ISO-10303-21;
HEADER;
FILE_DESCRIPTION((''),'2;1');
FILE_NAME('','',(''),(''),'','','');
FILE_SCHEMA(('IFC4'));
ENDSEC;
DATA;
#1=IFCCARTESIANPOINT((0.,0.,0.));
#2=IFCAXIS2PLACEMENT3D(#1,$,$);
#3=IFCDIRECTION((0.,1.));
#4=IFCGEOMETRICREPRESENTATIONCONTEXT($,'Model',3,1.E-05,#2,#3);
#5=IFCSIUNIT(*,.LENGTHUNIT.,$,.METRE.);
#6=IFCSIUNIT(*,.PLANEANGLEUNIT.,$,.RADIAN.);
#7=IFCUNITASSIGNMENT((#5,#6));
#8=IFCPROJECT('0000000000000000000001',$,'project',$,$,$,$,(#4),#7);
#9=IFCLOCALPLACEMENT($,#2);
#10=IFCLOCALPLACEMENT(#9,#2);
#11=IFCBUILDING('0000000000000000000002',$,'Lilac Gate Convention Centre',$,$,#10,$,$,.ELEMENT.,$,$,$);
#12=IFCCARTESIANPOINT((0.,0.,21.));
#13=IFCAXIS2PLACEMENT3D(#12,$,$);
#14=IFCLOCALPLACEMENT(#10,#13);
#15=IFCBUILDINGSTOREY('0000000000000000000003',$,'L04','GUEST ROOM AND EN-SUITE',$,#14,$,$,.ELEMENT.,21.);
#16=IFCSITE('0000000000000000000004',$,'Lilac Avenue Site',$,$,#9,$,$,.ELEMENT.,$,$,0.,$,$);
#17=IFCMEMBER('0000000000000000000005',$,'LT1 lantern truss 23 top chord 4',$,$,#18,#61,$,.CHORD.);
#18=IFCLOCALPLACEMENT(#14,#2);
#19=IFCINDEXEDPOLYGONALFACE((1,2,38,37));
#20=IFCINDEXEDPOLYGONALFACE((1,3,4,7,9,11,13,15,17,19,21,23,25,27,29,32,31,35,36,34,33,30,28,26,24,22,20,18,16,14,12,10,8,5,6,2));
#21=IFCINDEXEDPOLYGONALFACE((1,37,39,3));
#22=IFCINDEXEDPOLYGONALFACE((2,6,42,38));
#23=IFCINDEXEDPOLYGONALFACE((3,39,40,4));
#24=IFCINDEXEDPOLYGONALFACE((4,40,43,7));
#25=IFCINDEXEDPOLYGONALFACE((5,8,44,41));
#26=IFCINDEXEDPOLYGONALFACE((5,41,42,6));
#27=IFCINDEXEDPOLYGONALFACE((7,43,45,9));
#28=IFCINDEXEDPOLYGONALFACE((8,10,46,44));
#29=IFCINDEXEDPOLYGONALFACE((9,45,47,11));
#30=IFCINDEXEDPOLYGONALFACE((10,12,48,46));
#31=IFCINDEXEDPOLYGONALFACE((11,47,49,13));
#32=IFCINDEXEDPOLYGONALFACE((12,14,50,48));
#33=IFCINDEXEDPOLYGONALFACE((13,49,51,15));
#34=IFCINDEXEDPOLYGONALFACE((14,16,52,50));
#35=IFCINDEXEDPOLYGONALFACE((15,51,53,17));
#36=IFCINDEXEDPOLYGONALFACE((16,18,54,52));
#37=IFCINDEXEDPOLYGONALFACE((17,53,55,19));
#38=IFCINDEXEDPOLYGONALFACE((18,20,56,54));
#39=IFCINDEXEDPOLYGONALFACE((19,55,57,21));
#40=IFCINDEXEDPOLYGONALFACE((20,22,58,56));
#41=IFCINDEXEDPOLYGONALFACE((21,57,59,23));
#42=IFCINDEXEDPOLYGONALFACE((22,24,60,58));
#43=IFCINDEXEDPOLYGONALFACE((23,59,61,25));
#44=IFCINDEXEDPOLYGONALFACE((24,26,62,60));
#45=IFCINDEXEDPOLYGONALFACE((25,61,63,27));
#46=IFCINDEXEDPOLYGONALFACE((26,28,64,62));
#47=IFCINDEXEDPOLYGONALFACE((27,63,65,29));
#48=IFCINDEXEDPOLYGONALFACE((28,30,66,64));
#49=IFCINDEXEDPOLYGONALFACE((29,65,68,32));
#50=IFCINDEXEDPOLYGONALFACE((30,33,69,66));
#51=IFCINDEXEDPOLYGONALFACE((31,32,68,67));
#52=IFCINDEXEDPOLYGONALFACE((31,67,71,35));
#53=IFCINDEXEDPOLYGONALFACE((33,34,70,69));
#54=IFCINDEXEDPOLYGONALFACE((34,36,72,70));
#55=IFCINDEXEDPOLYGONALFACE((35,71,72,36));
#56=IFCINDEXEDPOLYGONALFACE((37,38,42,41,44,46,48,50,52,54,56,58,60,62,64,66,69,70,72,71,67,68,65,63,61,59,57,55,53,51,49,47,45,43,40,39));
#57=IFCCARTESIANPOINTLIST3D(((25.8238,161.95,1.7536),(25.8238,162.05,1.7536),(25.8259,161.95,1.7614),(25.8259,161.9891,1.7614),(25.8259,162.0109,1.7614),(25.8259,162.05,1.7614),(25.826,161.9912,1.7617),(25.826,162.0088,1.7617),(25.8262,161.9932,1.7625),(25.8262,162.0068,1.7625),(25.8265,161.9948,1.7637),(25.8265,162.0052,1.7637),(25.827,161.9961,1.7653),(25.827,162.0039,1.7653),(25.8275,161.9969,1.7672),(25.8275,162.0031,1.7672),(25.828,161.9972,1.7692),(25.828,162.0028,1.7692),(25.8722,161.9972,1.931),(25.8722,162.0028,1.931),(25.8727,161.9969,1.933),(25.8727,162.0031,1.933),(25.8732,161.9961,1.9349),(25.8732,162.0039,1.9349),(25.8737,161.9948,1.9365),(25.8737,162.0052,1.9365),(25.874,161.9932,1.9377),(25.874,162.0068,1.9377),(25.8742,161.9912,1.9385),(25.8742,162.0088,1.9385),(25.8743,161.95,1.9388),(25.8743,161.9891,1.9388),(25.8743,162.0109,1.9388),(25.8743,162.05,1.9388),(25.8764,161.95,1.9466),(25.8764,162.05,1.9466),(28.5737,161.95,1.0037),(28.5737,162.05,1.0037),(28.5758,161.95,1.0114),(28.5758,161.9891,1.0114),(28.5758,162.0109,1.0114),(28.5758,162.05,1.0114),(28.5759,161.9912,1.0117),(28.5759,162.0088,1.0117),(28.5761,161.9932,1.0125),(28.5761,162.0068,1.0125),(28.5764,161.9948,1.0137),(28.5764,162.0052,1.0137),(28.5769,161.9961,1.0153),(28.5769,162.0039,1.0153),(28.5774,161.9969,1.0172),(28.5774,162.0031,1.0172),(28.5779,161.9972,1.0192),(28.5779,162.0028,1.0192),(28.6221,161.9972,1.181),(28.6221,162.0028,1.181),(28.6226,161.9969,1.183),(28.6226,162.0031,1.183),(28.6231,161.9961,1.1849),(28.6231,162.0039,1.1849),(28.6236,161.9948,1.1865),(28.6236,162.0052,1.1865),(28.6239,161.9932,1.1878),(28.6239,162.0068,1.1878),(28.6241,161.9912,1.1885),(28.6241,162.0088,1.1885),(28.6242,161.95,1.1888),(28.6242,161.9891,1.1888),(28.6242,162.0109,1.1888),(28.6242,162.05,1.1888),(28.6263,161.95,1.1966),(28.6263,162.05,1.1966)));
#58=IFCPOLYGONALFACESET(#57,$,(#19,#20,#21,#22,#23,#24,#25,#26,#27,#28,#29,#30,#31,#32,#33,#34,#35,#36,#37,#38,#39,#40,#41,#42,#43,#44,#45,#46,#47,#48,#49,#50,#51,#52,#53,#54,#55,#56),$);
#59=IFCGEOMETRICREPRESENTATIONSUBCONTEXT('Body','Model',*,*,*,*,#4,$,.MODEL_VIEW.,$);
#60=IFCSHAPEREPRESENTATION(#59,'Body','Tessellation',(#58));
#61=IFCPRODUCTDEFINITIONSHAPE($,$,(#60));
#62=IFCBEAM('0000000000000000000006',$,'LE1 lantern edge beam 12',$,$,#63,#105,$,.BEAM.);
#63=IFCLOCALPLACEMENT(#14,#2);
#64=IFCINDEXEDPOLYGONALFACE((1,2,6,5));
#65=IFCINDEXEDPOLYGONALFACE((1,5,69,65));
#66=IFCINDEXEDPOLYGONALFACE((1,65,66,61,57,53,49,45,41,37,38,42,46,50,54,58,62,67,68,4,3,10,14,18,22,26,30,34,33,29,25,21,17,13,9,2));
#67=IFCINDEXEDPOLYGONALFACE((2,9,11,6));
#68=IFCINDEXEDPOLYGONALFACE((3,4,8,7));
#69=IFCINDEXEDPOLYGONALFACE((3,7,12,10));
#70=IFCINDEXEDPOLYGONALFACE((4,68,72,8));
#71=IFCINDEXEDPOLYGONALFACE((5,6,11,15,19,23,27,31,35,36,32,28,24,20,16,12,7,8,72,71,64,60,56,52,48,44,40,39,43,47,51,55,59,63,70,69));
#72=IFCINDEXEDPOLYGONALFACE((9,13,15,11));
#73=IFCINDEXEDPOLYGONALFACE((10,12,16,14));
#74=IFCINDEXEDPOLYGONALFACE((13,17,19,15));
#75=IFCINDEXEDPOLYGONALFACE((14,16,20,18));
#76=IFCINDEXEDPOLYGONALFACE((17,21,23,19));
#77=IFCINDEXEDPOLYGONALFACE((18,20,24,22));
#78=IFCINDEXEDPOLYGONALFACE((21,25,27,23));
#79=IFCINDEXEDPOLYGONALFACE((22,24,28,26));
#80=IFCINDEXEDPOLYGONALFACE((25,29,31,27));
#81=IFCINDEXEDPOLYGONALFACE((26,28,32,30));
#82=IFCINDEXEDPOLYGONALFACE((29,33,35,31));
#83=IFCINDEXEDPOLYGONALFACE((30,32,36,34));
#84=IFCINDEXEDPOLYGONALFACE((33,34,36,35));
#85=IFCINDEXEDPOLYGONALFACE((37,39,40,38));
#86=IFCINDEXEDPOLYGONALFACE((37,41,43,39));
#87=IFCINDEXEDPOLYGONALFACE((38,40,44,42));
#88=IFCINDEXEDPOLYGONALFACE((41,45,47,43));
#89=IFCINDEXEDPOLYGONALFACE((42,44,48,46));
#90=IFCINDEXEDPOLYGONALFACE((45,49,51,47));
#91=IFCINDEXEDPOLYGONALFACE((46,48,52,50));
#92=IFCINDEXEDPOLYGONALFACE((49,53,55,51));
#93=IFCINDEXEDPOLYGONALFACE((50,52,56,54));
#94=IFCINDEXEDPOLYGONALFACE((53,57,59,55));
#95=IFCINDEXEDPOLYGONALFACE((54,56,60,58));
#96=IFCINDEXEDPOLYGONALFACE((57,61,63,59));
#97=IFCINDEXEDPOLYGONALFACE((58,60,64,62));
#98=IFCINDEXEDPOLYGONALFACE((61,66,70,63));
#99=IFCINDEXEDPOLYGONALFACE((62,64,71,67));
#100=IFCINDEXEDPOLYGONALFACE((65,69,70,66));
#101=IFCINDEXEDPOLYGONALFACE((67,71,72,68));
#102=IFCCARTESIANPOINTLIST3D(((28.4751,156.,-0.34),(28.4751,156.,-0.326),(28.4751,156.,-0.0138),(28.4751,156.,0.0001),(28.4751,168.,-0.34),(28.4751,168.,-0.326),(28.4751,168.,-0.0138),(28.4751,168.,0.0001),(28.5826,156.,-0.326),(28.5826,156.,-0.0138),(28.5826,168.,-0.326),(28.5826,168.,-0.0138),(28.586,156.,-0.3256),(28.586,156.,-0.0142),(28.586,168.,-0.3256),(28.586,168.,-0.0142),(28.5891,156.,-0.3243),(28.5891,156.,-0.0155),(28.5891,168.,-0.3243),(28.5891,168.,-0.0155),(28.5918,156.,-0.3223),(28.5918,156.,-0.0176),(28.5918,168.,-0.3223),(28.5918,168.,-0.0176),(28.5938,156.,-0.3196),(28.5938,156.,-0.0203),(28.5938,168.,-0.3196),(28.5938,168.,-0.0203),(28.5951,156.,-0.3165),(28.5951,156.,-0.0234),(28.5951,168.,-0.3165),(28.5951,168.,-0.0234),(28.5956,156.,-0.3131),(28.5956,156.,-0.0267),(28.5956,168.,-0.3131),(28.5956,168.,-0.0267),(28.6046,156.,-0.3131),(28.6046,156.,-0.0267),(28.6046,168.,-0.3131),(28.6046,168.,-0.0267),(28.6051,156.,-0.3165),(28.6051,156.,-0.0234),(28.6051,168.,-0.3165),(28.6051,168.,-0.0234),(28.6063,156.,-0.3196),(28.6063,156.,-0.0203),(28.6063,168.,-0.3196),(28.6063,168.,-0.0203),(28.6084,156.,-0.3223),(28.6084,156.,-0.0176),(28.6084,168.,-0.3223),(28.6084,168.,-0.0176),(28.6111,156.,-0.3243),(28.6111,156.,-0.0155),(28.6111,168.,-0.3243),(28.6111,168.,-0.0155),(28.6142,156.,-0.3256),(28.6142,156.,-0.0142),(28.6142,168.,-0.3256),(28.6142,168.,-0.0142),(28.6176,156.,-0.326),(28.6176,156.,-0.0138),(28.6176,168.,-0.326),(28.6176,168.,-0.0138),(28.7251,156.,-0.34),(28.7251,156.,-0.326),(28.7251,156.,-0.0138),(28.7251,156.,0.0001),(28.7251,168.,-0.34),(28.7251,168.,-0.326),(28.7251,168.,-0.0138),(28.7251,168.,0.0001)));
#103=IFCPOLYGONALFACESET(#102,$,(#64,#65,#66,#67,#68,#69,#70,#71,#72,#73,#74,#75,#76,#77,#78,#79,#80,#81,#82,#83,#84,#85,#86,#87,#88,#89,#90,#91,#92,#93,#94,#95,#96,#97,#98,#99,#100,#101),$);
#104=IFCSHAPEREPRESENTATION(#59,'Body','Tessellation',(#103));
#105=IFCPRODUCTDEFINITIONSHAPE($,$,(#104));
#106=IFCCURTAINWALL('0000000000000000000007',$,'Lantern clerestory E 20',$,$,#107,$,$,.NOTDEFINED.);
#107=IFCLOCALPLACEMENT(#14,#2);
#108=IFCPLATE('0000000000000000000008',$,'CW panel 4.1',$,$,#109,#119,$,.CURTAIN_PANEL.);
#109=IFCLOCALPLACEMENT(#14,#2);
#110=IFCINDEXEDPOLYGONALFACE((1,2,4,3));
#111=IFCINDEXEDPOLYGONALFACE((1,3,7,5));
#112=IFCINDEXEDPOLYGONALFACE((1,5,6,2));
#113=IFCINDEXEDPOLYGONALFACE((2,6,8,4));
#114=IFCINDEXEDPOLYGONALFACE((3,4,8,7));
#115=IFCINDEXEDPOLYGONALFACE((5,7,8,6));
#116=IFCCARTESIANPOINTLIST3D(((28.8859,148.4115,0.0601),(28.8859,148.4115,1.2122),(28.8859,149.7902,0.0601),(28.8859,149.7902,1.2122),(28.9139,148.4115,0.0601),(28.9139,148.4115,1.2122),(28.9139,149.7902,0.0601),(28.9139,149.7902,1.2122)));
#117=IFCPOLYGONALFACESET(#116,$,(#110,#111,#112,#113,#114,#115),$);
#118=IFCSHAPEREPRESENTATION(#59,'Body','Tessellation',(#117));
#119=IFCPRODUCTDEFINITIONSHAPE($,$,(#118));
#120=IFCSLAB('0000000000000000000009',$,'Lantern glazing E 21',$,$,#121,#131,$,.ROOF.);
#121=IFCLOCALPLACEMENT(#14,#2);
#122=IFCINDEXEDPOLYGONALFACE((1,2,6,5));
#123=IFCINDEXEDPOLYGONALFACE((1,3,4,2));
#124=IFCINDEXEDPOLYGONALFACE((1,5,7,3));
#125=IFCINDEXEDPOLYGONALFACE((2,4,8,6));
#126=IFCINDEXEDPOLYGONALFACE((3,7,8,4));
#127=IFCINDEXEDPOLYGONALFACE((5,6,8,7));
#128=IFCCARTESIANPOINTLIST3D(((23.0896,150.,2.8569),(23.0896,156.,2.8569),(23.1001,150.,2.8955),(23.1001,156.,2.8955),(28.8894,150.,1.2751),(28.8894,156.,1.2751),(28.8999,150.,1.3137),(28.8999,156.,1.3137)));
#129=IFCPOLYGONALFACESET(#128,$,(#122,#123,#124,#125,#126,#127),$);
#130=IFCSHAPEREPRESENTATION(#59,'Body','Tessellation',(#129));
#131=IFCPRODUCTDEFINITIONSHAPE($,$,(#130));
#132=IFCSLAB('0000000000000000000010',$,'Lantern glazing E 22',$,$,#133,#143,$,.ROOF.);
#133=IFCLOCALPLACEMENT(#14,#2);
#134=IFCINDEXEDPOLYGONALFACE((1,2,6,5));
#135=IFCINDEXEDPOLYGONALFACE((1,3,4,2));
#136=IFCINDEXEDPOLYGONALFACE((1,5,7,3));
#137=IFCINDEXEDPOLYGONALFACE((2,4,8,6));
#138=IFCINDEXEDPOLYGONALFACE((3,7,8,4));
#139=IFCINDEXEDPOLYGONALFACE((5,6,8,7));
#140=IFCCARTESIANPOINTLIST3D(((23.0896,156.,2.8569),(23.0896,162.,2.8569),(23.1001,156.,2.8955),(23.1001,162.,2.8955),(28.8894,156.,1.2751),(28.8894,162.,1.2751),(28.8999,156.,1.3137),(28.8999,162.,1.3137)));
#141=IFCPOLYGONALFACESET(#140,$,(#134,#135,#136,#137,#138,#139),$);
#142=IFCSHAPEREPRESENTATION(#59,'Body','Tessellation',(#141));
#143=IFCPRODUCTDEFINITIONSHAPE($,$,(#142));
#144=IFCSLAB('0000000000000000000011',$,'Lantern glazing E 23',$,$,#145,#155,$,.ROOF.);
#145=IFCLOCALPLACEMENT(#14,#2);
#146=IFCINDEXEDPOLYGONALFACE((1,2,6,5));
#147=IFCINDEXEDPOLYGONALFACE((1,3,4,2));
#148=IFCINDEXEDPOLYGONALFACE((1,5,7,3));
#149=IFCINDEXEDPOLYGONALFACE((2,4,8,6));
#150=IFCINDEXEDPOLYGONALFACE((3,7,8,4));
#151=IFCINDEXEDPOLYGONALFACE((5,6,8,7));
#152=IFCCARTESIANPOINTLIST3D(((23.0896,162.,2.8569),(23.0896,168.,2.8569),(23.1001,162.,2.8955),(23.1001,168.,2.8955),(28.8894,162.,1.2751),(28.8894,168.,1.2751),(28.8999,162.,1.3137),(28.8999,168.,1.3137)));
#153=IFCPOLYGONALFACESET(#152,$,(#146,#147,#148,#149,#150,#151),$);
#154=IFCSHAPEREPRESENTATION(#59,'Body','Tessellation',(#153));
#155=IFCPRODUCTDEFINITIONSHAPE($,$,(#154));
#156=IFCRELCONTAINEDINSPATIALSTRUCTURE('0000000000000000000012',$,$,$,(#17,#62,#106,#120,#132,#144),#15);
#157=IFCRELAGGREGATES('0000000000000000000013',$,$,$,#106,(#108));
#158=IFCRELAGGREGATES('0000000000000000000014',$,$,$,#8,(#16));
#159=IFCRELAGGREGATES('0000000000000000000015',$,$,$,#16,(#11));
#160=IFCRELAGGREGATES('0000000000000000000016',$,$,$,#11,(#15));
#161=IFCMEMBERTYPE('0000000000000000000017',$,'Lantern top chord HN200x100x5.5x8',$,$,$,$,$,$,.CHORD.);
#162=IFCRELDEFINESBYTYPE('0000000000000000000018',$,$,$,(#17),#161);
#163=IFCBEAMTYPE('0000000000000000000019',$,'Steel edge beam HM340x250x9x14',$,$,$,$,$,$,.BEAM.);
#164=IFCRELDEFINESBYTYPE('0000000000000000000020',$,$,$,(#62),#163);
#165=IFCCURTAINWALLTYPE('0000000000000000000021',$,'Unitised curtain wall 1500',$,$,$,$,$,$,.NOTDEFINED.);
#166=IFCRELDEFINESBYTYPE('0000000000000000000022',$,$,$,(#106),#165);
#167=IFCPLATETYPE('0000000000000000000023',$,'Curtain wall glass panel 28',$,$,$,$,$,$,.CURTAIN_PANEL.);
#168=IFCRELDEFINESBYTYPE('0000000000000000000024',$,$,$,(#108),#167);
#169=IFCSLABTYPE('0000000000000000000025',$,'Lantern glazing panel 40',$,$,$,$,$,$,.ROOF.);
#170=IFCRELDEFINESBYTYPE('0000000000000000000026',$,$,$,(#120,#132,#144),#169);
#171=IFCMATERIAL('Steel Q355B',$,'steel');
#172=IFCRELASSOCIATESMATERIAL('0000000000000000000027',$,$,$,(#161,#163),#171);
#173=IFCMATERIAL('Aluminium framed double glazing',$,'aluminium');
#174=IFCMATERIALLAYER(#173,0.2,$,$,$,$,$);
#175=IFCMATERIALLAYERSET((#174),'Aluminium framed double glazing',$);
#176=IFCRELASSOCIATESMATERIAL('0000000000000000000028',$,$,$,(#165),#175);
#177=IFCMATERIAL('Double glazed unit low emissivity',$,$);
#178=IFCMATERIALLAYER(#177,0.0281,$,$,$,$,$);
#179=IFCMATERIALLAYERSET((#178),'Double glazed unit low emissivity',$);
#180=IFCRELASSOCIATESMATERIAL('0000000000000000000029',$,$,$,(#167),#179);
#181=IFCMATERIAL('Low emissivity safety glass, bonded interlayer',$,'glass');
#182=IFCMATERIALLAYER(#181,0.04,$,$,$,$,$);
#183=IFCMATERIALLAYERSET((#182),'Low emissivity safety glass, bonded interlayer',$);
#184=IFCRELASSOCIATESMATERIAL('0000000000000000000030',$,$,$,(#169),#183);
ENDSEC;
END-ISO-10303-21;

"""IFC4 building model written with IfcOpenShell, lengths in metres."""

from ifc_helpers import new_model, si_unit, direction, frame, origin, origin_2d, place, context, subcontext, project, spatial, polyline, rectangle, i_section, outline, extrude, material, layer, layer_set, material_profile, profile_set, type_object, element, aggregate, save


model = new_model("IFC4")

# Units and contexts
model_context = context("Model", 3, precision=1e-05, world=origin(), true_north=direction((0.0, 1.0)))
body_context = subcontext(model_context, "Body", "Model", "MODEL_VIEW")
ifc_project = project(units=[si_unit("LENGTHUNIT", "METRE"), si_unit("PLANEANGLEUNIT", "RADIAN")], contexts=[model_context])

# Site, building, storey
site_placement = place(None, origin())
site = spatial("IfcSite", under=ifc_project, at=site_placement, Name="Lilac Avenue Site", CompositionType="ELEMENT", RefElevation=0.0)
building_placement = place(site_placement, origin())
building = spatial("IfcBuilding", under=site, at=building_placement, Name="Lilac Gate Convention Centre", CompositionType="ELEMENT")
storey_placement = place(building_placement, frame((0.0, 0.0, 21.0)))
storey = spatial("IfcBuildingStorey", under=building, at=storey_placement, Name="L04", Description="GUEST ROOM AND EN-SUITE", CompositionType="ELEMENT", Elevation=21.0)

# Member
ifc_material_1 = material(Name="Steel Q355B", Category="steel")
ifc_material_profile_1 = material_profile(ifc_material_1, i_section(OverallWidth=0.1001, OverallDepth=0.2, WebThickness=0.0056, FlangeThickness=0.0081, FilletRadius=0.0081, at=origin_2d()), Name="HN200x100x5.5x8")
ifc_profile_set_1 = profile_set([ifc_material_profile_1], Name="Steel Q355B")
member_type_1 = type_object("IfcMemberType", Name="Lantern top chord HN200x100x5.5x8", PredefinedType="CHORD", material=ifc_profile_set_1)
for number, where, z_axis, x_axis, name in (
    (1, (25.8501, 162.0, 1.8501), (0.964764, 0.0, -0.263117), (0.0, 1.0, 0.0), "LT1 lantern truss 23 top chord 4"),
):
    element("IfcMember", number, at=place(storey_placement, frame(where, z_axis=z_axis, x_axis=x_axis)), inside=storey, type_object=member_type_1, Name=name, PredefinedType="CHORD", context=body_context, shape_type="SweptSolid", body=[
        extrude(i_section(OverallWidth=0.1001, OverallDepth=0.2, WebThickness=0.0056, FlangeThickness=0.0081, FilletRadius=0.0081, at=origin_2d()), origin(), (0.0, 0.0, 1.0), 2.8503),
    ])

# Beam
ifc_material_profile_2 = material_profile(ifc_material_1, i_section(OverallWidth=0.25, OverallDepth=0.3401, WebThickness=0.009, FlangeThickness=0.0139, FilletRadius=0.0129, at=origin_2d()), Name="HM340x250x9x14")
ifc_profile_set_2 = profile_set([ifc_material_profile_2], Name="Steel Q355B")
beam_type = type_object("IfcBeamType", Name="Steel edge beam HM340x250x9x14", PredefinedType="BEAM", material=ifc_profile_set_2)
beam_placement = place(storey_placement, frame((28.6001, 156.0, -0.1699), z_axis=(0.0, 1.0, 0.0), x_axis=(-1.0, 0.0, 0.0)))
element("IfcBeam", 2, at=beam_placement, inside=storey, type_object=beam_type, Name="LE1 lantern edge beam 12", PredefinedType="BEAM", context=body_context, shape_type="SweptSolid", body=[
    extrude(i_section(OverallWidth=0.25, OverallDepth=0.3401, WebThickness=0.009, FlangeThickness=0.0139, FilletRadius=0.0129, at=origin_2d()), origin(), (0.0, 0.0, 1.0), 12.0),
])

# Curtain wall, plate
ifc_material_2 = material(Name="Aluminium framed double glazing", Category="aluminium")
ifc_layer_1 = layer(ifc_material_2, 0.2)
ifc_layer_set_1 = layer_set([ifc_layer_1], Name="Aluminium framed double glazing")
curtain_wall_type = type_object("IfcCurtainWallType", Name="Unitised curtain wall 1500", PredefinedType="NOTDEFINED", material=ifc_layer_set_1)
curtain_wall_placement = place(storey_placement, origin())
curtain_wall = element("IfcCurtainWall", 3, at=curtain_wall_placement, inside=storey, type_object=curtain_wall_type, Name="Lantern clerestory E 20", PredefinedType="NOTDEFINED")
ifc_material_3 = material(Name="Double glazed unit low emissivity")
ifc_layer_2 = layer(ifc_material_3, 0.0281)
ifc_layer_set_2 = layer_set([ifc_layer_2], Name="Double glazed unit low emissivity")
plate_type = type_object("IfcPlateType", Name="Curtain wall glass panel 28", PredefinedType="CURTAIN_PANEL", material=ifc_layer_set_2)
plate_placement = place(storey_placement, frame((28.8999, 149.1008, 0.0601), z_axis=(0.0, 0.0, 1.0), x_axis=(0.0, 1.0, 0.0)))
plate = element("IfcPlate", 4, at=plate_placement, type_object=plate_type, Name="CW panel 4.1", PredefinedType="CURTAIN_PANEL", context=body_context, shape_type="SweptSolid", body=[
    extrude(rectangle(XDim=1.3787, YDim=0.0281, at=origin_2d()), origin(), (0.0, 0.0, 1.0), 1.1521),
])
aggregate(curtain_wall, [plate])

# Slabs
ifc_material_4 = material(Name="Low emissivity safety glass, bonded interlayer", Category="glass")
ifc_layer_3 = layer(ifc_material_4, 0.04)
ifc_layer_set_3 = layer_set([ifc_layer_3], Name="Low emissivity safety glass, bonded interlayer")
slab_type = type_object("IfcSlabType", Name="Lantern glazing panel 40", PredefinedType="ROOF", material=ifc_layer_set_3)
for number, where, z_axis, x_axis, name in (
    (5, (23.1001, 150.0, 2.8955), (0.263121, 0.0, 0.964763), (0.964763, 0.0, -0.263121), "Lantern glazing E 21"),
    (6, (23.1001, 156.0, 2.8955), (0.263121, 0.0, 0.964763), (0.964763, 0.0, -0.263121), "Lantern glazing E 22"),
    (7, (23.1001, 162.0, 2.8955), (0.263121, 0.0, 0.964763), (0.964763, 0.0, -0.263121), "Lantern glazing E 23"),
):
    element("IfcSlab", number, at=place(storey_placement, frame(where, z_axis=z_axis, x_axis=x_axis)), inside=storey, type_object=slab_type, Name=name, PredefinedType="ROOF", context=body_context, shape_type="SweptSolid", body=[
        extrude(outline(polyline([(0.0, 0.0), (6.0116, 0.0), (6.0116, 6.0), (0.0, 6.0), (0.0, 0.0)])), origin(), (0.0, 0.0, -1.0), 0.04),
    ])

save(model, "model.ifc")
